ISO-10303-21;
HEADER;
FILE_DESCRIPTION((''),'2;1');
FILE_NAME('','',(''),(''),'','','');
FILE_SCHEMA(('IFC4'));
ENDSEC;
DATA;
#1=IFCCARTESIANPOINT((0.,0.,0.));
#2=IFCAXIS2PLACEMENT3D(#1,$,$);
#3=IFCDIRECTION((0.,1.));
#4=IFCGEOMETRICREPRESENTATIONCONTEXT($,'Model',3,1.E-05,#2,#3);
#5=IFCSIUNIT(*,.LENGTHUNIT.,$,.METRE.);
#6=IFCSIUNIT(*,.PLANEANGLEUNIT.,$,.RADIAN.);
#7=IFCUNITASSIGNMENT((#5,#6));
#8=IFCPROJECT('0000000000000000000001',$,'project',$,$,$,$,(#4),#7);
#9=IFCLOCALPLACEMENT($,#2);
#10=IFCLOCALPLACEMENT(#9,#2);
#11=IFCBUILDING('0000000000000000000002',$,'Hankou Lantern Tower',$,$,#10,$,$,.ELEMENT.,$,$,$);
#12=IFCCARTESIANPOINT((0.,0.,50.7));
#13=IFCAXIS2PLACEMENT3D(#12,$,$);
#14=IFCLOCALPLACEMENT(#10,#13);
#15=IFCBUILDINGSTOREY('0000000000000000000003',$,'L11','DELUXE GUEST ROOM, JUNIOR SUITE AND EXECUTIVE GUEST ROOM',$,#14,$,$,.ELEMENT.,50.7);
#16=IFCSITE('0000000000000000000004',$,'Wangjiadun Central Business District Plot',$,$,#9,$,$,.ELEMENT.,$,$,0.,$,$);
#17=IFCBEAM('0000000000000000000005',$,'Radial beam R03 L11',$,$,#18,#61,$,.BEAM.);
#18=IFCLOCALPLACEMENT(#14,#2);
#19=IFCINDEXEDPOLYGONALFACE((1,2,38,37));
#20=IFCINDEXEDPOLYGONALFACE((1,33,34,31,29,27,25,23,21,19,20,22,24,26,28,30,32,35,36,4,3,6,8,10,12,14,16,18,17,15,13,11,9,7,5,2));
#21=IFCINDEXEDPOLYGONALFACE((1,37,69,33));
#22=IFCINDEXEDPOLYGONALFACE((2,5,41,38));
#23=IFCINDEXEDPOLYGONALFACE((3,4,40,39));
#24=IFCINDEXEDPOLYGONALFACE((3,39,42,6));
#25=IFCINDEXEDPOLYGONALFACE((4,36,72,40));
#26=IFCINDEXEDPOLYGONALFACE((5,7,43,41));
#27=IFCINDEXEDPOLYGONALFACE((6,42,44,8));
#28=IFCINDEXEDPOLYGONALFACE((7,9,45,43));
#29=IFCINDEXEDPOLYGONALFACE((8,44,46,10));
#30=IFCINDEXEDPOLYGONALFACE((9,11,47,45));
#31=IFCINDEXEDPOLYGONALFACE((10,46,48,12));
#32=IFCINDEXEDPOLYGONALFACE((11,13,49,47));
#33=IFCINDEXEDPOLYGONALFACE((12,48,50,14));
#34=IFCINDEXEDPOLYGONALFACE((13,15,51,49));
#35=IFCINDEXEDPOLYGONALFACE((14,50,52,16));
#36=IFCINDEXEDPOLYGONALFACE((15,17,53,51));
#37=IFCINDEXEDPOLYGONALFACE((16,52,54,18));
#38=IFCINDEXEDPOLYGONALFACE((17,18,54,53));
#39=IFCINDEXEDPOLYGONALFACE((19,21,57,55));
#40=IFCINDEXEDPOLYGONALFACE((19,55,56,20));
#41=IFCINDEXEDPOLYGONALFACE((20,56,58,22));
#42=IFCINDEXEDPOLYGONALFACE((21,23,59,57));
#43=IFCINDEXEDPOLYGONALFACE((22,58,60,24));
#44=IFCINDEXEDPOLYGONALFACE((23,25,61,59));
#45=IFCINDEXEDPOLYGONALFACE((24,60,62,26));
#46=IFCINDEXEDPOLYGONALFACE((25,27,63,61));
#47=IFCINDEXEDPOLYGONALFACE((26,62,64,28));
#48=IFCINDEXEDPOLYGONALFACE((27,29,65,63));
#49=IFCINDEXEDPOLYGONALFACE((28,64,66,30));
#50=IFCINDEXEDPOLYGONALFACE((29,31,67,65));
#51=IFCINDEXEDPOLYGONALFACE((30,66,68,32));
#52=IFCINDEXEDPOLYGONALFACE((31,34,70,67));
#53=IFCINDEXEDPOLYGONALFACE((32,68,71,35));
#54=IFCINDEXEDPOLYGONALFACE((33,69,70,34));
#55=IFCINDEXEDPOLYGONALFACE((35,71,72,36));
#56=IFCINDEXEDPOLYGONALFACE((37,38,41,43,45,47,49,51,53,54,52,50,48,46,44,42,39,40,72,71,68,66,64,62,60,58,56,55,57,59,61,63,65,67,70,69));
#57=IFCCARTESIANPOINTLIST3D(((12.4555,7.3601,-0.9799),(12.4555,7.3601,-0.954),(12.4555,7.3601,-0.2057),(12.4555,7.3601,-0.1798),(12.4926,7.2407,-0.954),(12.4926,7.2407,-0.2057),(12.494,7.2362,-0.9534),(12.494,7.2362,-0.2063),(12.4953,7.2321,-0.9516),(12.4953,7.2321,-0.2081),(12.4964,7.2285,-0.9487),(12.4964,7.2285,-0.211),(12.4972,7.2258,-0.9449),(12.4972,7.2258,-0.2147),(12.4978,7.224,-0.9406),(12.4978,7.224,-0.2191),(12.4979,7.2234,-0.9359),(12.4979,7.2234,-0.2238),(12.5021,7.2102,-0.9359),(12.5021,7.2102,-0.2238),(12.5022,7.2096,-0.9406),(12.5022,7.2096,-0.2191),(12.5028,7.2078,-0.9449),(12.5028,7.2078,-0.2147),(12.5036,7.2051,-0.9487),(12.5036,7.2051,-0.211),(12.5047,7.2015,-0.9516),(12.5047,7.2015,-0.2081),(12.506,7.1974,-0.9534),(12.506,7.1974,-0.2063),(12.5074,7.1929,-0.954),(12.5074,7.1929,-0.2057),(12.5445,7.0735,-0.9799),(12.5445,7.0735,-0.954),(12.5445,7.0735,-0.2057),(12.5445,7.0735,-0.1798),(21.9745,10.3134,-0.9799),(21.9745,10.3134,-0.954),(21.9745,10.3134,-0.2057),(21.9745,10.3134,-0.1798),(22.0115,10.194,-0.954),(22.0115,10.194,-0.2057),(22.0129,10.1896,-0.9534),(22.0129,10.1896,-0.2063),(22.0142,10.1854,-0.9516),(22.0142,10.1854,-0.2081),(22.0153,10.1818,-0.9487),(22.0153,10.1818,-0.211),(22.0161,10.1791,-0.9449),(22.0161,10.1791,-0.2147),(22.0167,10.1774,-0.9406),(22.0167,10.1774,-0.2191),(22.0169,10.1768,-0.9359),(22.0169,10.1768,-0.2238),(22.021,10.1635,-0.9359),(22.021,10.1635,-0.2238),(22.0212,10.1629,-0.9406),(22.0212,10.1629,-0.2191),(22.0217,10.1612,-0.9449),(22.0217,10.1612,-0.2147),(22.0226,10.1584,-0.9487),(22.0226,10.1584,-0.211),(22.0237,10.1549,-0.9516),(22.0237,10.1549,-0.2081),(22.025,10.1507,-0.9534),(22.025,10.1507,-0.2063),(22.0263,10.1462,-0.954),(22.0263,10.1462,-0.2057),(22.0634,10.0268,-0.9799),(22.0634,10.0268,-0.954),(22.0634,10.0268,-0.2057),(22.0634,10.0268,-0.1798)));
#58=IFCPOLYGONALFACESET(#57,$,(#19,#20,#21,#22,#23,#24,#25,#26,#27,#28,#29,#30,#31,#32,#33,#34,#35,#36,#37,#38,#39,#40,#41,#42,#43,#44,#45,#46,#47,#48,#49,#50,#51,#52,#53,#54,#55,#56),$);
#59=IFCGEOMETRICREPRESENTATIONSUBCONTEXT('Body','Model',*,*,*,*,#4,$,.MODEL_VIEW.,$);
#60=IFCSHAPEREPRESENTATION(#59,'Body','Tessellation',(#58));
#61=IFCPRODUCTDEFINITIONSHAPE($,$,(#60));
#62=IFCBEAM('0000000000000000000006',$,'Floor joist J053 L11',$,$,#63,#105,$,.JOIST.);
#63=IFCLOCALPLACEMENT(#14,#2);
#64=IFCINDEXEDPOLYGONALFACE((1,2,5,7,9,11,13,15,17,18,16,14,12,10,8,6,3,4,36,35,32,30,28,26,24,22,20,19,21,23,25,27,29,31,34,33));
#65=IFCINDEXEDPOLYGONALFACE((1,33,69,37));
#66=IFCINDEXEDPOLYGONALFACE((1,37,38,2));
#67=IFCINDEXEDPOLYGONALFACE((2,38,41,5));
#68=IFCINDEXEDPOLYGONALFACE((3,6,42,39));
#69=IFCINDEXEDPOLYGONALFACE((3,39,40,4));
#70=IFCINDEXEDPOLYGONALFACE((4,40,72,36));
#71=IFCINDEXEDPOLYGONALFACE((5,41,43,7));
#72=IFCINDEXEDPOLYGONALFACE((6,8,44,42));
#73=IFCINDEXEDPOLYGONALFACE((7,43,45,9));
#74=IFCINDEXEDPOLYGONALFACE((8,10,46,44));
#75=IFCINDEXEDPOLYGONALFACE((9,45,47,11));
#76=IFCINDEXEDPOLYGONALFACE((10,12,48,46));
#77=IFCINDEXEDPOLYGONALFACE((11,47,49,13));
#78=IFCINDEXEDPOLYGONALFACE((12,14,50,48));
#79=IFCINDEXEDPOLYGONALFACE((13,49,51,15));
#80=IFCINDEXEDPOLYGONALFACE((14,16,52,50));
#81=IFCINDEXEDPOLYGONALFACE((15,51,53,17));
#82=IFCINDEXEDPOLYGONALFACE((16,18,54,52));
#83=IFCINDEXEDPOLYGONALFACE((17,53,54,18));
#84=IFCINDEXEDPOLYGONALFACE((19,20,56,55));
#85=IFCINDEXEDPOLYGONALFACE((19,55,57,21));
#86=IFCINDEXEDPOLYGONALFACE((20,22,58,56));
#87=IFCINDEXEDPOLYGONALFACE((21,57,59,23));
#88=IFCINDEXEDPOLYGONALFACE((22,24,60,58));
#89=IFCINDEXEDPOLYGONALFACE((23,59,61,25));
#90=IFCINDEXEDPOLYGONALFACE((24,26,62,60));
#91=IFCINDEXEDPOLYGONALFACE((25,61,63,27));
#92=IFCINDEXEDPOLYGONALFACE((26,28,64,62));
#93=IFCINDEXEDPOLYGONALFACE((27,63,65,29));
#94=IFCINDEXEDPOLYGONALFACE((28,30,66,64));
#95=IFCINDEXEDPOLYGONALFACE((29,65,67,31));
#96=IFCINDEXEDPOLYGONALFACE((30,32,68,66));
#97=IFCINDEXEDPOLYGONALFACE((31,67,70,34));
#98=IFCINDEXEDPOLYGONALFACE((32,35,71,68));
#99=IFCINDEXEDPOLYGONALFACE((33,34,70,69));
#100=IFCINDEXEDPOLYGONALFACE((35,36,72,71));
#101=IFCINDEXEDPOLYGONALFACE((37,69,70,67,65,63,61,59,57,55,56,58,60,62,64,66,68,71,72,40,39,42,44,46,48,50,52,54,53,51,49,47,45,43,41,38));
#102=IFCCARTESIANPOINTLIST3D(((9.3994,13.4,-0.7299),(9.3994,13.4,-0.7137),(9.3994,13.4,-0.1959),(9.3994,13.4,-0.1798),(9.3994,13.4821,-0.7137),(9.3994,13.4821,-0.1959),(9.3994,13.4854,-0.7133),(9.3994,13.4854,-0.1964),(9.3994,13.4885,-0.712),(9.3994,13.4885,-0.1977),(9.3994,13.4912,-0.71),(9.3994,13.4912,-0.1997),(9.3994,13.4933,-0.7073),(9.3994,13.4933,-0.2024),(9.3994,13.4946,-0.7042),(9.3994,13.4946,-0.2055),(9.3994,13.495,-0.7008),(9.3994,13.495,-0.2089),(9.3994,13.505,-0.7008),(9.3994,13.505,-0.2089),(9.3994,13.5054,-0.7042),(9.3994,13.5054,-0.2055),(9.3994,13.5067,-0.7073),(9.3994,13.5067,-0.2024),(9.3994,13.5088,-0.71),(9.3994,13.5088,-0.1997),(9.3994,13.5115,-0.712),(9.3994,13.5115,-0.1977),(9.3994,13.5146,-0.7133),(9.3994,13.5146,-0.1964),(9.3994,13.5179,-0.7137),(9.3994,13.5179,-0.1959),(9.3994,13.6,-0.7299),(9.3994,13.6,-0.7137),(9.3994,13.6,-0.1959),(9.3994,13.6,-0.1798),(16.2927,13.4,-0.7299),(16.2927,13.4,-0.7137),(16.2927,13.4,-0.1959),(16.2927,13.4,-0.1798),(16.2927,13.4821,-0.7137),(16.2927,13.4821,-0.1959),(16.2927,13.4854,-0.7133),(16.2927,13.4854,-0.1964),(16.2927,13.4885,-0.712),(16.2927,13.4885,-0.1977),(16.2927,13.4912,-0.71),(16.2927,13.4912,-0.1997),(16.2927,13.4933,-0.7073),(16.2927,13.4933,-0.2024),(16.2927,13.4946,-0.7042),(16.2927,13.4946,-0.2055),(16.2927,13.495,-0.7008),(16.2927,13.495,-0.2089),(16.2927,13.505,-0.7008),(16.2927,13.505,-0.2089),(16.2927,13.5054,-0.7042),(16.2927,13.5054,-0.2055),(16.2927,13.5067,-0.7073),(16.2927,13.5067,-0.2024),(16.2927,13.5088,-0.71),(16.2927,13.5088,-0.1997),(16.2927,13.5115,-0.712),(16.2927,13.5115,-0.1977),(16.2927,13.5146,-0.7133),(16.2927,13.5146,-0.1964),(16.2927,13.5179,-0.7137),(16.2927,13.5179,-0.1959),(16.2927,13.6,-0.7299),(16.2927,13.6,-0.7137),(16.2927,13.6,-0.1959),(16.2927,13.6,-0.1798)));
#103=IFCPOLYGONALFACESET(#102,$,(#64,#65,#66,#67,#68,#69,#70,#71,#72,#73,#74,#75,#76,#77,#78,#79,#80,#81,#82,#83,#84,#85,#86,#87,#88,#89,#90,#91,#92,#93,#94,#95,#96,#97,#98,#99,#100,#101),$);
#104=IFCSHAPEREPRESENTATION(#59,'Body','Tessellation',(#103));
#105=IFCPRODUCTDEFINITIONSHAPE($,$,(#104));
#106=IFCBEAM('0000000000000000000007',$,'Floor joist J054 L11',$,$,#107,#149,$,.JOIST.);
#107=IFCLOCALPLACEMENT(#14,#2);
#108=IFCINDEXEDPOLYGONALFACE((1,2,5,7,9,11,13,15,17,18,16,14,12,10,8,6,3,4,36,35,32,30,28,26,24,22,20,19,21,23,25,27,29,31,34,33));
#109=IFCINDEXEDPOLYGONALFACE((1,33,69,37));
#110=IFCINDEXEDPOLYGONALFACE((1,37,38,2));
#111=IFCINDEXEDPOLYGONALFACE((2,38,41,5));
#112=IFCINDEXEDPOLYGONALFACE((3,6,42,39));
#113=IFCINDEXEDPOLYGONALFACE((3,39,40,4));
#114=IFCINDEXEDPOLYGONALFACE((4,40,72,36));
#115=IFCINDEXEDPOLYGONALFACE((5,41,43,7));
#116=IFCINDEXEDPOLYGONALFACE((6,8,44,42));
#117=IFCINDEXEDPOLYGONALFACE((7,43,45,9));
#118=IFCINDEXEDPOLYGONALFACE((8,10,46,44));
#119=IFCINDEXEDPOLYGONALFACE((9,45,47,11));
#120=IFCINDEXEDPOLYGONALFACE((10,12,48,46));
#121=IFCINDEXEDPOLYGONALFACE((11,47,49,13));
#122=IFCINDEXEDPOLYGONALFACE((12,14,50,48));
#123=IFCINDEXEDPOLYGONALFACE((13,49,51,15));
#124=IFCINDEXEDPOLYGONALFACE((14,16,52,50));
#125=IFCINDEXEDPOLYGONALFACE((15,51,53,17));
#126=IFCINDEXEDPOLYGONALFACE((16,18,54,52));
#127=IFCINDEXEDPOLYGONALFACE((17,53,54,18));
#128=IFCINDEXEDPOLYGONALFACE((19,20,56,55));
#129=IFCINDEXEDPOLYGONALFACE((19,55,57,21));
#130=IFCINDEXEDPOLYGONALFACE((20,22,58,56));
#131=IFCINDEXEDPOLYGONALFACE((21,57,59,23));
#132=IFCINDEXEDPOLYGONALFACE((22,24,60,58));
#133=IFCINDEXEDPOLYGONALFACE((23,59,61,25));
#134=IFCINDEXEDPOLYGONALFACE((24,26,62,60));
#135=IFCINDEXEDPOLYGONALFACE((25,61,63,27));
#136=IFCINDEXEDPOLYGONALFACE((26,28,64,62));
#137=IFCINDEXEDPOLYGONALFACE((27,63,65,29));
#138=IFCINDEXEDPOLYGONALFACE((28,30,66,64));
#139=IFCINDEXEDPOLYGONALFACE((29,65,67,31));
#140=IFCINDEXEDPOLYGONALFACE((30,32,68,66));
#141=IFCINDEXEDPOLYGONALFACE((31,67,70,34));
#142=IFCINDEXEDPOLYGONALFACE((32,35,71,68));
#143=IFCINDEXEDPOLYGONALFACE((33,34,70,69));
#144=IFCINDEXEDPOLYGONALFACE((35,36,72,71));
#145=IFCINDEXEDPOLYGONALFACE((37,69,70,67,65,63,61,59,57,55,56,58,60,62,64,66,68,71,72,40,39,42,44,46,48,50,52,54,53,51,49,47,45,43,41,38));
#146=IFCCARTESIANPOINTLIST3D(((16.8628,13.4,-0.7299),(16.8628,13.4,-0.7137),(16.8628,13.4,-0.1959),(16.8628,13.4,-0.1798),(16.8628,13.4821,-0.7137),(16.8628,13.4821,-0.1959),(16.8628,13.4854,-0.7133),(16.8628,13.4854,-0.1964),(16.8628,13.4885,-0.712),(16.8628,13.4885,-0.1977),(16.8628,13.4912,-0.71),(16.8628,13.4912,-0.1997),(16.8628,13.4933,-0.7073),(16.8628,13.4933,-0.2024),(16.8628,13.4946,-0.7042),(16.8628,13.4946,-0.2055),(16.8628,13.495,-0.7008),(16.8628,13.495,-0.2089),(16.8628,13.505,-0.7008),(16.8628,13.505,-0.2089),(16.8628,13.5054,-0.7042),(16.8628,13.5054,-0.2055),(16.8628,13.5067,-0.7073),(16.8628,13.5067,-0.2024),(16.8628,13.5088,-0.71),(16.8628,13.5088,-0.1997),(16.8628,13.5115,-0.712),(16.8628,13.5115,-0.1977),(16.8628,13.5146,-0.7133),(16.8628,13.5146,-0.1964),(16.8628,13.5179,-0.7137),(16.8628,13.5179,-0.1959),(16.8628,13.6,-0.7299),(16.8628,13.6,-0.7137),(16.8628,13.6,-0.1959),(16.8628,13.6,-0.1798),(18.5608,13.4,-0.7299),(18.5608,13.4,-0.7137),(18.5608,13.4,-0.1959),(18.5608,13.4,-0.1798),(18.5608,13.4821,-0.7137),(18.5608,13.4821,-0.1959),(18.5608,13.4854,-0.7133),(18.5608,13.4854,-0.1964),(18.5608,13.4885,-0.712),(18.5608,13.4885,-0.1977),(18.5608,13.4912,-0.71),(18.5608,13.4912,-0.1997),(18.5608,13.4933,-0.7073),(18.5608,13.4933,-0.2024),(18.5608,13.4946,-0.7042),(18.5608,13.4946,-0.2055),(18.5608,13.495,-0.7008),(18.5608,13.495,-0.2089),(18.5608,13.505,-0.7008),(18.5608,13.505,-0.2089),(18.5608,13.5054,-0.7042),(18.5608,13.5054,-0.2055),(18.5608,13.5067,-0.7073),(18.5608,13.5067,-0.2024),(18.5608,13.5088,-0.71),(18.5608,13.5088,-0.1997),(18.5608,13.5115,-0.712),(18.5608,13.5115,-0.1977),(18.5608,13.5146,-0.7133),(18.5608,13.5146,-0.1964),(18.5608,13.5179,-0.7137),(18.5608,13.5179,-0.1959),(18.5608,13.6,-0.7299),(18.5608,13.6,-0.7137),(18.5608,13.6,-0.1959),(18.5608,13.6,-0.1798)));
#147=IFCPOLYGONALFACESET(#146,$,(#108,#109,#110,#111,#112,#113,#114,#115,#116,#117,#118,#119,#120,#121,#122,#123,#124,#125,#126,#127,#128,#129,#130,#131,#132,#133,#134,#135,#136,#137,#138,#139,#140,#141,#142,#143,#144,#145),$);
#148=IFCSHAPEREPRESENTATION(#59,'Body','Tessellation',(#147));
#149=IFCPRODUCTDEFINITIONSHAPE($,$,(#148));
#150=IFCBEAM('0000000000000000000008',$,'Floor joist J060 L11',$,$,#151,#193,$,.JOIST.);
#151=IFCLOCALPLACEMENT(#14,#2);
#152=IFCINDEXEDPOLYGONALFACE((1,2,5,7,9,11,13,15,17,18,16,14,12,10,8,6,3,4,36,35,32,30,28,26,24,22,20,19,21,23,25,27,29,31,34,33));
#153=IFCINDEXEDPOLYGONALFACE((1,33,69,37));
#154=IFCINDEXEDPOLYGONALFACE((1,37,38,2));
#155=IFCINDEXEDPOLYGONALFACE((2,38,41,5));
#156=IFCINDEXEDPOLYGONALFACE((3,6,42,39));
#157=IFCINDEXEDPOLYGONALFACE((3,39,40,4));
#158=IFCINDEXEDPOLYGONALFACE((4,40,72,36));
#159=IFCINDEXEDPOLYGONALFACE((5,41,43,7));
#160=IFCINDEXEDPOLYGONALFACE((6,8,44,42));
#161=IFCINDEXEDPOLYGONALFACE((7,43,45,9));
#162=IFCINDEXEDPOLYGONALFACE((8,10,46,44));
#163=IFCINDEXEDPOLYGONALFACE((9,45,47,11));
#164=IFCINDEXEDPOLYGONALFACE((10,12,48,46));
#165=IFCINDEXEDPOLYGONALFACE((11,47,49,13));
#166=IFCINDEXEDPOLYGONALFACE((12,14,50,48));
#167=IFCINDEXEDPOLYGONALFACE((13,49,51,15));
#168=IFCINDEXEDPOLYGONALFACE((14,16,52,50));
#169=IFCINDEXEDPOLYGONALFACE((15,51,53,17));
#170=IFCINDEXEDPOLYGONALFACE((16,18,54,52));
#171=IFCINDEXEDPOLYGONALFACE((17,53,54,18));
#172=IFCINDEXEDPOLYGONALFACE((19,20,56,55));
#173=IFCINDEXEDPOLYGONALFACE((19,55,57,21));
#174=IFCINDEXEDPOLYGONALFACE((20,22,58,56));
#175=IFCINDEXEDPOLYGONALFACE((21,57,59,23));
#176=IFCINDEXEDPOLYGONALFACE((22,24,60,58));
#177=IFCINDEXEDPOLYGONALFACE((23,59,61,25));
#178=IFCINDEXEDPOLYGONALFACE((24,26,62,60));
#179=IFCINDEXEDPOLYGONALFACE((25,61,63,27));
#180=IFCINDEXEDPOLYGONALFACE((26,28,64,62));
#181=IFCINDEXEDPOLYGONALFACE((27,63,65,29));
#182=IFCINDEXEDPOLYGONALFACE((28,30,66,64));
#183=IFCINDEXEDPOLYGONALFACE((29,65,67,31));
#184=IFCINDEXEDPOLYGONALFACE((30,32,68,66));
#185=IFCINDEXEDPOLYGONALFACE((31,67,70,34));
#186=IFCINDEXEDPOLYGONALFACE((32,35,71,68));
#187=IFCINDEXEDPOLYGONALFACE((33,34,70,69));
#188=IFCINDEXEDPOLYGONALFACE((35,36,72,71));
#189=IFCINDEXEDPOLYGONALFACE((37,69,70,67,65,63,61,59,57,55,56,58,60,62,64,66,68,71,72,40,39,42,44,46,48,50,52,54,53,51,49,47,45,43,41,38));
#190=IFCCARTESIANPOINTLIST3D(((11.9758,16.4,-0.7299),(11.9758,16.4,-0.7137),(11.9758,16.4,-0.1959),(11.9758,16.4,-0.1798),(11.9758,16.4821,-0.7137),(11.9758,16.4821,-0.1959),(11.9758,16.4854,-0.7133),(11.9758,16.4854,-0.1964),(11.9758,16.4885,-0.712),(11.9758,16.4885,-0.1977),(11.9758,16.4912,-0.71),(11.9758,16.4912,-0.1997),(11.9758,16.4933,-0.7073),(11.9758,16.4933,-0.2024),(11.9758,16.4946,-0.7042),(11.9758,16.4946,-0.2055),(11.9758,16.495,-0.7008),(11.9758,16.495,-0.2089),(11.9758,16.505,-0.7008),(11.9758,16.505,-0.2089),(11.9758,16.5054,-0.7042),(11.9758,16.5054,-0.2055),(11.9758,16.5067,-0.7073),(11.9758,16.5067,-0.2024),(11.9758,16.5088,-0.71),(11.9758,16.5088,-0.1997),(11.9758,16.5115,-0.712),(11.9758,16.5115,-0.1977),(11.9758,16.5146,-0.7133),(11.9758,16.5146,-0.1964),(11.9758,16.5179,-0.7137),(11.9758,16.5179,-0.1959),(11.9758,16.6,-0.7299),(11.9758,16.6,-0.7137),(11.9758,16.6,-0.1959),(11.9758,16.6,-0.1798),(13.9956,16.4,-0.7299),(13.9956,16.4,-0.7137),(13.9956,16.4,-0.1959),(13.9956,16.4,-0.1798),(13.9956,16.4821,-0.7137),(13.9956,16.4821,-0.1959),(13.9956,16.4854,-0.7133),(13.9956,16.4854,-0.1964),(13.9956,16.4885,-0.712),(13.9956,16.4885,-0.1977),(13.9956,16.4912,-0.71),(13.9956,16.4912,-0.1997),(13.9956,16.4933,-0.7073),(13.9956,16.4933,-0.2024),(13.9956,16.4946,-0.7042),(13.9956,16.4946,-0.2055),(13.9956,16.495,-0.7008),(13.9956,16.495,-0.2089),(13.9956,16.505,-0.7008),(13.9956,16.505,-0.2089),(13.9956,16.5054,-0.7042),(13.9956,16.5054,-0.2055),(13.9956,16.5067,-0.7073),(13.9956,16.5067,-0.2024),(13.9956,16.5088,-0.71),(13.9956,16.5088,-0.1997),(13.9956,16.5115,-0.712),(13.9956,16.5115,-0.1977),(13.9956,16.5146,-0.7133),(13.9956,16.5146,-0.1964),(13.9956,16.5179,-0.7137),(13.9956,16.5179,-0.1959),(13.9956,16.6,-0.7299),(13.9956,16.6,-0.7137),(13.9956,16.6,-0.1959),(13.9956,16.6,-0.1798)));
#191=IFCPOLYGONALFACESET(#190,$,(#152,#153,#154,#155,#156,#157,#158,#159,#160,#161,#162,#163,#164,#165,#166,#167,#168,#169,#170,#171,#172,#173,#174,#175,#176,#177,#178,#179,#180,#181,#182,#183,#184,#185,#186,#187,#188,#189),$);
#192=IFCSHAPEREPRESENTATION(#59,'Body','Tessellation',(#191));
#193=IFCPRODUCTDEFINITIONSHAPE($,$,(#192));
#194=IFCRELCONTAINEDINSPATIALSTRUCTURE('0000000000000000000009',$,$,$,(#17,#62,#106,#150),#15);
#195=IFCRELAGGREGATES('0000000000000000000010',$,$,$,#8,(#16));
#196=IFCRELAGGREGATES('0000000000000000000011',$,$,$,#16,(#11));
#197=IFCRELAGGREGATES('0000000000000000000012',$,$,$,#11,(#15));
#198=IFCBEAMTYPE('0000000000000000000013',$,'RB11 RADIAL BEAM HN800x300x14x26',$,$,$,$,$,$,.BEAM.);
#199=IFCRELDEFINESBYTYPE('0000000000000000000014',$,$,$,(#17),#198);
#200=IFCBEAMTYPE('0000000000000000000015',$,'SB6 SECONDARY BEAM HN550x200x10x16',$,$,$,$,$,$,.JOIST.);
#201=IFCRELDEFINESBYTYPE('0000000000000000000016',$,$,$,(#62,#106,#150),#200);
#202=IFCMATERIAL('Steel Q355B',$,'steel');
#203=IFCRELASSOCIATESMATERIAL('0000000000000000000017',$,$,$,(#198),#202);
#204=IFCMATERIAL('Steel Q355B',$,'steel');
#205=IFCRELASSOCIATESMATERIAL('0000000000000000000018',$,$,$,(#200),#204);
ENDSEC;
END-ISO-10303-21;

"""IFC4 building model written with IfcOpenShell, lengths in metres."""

from ifc_helpers import new_model, si_unit, direction, frame, origin, origin_2d, place, context, subcontext, project, spatial, i_section, extrude, material, material_profile, profile_set, type_object, element, save


model = new_model("IFC4")

# Units and contexts
model_context = context("Model", 3, precision=1e-05, world=origin(), true_north=direction((0.0, 1.0)))
body_context = subcontext(model_context, "Body", "Model", "MODEL_VIEW")
ifc_project = project(units=[si_unit("LENGTHUNIT", "METRE"), si_unit("PLANEANGLEUNIT", "RADIAN")], contexts=[model_context])

# Site, building, storey
site_placement = place(None, origin())
site = spatial("IfcSite", under=ifc_project, at=site_placement, Name="Wangjiadun Central Business District Plot", CompositionType="ELEMENT", RefElevation=0.0)
building_placement = place(site_placement, origin())
building = spatial("IfcBuilding", under=site, at=building_placement, Name="Hankou Lantern Tower", CompositionType="ELEMENT")
storey_placement = place(building_placement, frame((0.0, 0.0, 50.7)))
storey = spatial("IfcBuildingStorey", under=building, at=storey_placement, Name="L11", Description="DELUXE GUEST ROOM, JUNIOR SUITE AND EXECUTIVE GUEST ROOM", CompositionType="ELEMENT", Elevation=50.7)

# Beams
ifc_material_1 = material(Name="Steel Q355B", Category="steel")
ifc_material_profile_1 = material_profile(ifc_material_1, i_section(OverallWidth=0.3, OverallDepth=0.8, WebThickness=0.0139, FlangeThickness=0.0259, FilletRadius=0.0181, at=origin_2d()), Name="HN800x300x14x26")
ifc_profile_set_1 = profile_set([ifc_material_profile_1], Name="Steel Q355B")
beam_type_1 = type_object("IfcBeamType", Name="RB11 RADIAL BEAM HN800x300x14x26", PredefinedType="BEAM", material=ifc_profile_set_1)
beam_1_placement = place(storey_placement, frame((12.5, 7.2168, -0.5798), z_axis=(0.955087, 0.296324, 0.0), x_axis=(-0.296324, 0.955087, 0.0)))
element("IfcBeam", 1, at=beam_1_placement, inside=storey, type_object=beam_type_1, Name="Radial beam R03 L11", PredefinedType="BEAM", context=body_context, shape_type="SweptSolid", body=[
    extrude(i_section(OverallWidth=0.3, OverallDepth=0.8, WebThickness=0.0139, FlangeThickness=0.0259, FilletRadius=0.0181, at=origin_2d()), origin(), (0.0, 0.0, 1.0), 9.9666),
])
ifc_material_2 = material(Name="Steel Q355B", Category="steel")
ifc_material_profile_2 = material_profile(ifc_material_2, i_section(OverallWidth=0.2, OverallDepth=0.55, WebThickness=0.01, FlangeThickness=0.0161, FilletRadius=0.0129, at=origin_2d()), Name="HN550x200x10x16")
ifc_profile_set_2 = profile_set([ifc_material_profile_2], Name="Steel Q355B")
beam_type_2 = type_object("IfcBeamType", Name="SB6 SECONDARY BEAM HN550x200x10x16", PredefinedType="JOIST", material=ifc_profile_set_2)
beam_2_placement = place(storey_placement, frame((9.3994, 13.5, -0.4548), z_axis=(1.0, 0.0, 0.0), x_axis=(0.0, 1.0, 0.0)))
element("IfcBeam", 2, at=beam_2_placement, inside=storey, type_object=beam_type_2, Name="Floor joist J053 L11", PredefinedType="JOIST", context=body_context, shape_type="SweptSolid", body=[
    extrude(i_section(OverallWidth=0.2, OverallDepth=0.55, WebThickness=0.01, FlangeThickness=0.0161, FilletRadius=0.0129, at=origin_2d()), origin(), (0.0, 0.0, 1.0), 6.8933),
])
beam_3_placement = place(storey_placement, frame((16.8628, 13.5, -0.4548), z_axis=(1.0, 0.0, 0.0), x_axis=(0.0, 1.0, 0.0)))
element("IfcBeam", 3, at=beam_3_placement, inside=storey, type_object=beam_type_2, Name="Floor joist J054 L11", PredefinedType="JOIST", context=body_context, shape_type="SweptSolid", body=[
    extrude(i_section(OverallWidth=0.2, OverallDepth=0.55, WebThickness=0.01, FlangeThickness=0.0161, FilletRadius=0.0129, at=origin_2d()), origin(), (0.0, 0.0, 1.0), 1.698),
])
beam_4_placement = place(storey_placement, frame((11.9758, 16.5, -0.4548), z_axis=(1.0, 0.0, 0.0), x_axis=(0.0, 1.0, 0.0)))
element("IfcBeam", 4, at=beam_4_placement, inside=storey, type_object=beam_type_2, Name="Floor joist J060 L11", PredefinedType="JOIST", context=body_context, shape_type="SweptSolid", body=[
    extrude(i_section(OverallWidth=0.2, OverallDepth=0.55, WebThickness=0.01, FlangeThickness=0.0161, FilletRadius=0.0129, at=origin_2d()), origin(), (0.0, 0.0, 1.0), 2.0198),
])

save(model, "model.ifc")
